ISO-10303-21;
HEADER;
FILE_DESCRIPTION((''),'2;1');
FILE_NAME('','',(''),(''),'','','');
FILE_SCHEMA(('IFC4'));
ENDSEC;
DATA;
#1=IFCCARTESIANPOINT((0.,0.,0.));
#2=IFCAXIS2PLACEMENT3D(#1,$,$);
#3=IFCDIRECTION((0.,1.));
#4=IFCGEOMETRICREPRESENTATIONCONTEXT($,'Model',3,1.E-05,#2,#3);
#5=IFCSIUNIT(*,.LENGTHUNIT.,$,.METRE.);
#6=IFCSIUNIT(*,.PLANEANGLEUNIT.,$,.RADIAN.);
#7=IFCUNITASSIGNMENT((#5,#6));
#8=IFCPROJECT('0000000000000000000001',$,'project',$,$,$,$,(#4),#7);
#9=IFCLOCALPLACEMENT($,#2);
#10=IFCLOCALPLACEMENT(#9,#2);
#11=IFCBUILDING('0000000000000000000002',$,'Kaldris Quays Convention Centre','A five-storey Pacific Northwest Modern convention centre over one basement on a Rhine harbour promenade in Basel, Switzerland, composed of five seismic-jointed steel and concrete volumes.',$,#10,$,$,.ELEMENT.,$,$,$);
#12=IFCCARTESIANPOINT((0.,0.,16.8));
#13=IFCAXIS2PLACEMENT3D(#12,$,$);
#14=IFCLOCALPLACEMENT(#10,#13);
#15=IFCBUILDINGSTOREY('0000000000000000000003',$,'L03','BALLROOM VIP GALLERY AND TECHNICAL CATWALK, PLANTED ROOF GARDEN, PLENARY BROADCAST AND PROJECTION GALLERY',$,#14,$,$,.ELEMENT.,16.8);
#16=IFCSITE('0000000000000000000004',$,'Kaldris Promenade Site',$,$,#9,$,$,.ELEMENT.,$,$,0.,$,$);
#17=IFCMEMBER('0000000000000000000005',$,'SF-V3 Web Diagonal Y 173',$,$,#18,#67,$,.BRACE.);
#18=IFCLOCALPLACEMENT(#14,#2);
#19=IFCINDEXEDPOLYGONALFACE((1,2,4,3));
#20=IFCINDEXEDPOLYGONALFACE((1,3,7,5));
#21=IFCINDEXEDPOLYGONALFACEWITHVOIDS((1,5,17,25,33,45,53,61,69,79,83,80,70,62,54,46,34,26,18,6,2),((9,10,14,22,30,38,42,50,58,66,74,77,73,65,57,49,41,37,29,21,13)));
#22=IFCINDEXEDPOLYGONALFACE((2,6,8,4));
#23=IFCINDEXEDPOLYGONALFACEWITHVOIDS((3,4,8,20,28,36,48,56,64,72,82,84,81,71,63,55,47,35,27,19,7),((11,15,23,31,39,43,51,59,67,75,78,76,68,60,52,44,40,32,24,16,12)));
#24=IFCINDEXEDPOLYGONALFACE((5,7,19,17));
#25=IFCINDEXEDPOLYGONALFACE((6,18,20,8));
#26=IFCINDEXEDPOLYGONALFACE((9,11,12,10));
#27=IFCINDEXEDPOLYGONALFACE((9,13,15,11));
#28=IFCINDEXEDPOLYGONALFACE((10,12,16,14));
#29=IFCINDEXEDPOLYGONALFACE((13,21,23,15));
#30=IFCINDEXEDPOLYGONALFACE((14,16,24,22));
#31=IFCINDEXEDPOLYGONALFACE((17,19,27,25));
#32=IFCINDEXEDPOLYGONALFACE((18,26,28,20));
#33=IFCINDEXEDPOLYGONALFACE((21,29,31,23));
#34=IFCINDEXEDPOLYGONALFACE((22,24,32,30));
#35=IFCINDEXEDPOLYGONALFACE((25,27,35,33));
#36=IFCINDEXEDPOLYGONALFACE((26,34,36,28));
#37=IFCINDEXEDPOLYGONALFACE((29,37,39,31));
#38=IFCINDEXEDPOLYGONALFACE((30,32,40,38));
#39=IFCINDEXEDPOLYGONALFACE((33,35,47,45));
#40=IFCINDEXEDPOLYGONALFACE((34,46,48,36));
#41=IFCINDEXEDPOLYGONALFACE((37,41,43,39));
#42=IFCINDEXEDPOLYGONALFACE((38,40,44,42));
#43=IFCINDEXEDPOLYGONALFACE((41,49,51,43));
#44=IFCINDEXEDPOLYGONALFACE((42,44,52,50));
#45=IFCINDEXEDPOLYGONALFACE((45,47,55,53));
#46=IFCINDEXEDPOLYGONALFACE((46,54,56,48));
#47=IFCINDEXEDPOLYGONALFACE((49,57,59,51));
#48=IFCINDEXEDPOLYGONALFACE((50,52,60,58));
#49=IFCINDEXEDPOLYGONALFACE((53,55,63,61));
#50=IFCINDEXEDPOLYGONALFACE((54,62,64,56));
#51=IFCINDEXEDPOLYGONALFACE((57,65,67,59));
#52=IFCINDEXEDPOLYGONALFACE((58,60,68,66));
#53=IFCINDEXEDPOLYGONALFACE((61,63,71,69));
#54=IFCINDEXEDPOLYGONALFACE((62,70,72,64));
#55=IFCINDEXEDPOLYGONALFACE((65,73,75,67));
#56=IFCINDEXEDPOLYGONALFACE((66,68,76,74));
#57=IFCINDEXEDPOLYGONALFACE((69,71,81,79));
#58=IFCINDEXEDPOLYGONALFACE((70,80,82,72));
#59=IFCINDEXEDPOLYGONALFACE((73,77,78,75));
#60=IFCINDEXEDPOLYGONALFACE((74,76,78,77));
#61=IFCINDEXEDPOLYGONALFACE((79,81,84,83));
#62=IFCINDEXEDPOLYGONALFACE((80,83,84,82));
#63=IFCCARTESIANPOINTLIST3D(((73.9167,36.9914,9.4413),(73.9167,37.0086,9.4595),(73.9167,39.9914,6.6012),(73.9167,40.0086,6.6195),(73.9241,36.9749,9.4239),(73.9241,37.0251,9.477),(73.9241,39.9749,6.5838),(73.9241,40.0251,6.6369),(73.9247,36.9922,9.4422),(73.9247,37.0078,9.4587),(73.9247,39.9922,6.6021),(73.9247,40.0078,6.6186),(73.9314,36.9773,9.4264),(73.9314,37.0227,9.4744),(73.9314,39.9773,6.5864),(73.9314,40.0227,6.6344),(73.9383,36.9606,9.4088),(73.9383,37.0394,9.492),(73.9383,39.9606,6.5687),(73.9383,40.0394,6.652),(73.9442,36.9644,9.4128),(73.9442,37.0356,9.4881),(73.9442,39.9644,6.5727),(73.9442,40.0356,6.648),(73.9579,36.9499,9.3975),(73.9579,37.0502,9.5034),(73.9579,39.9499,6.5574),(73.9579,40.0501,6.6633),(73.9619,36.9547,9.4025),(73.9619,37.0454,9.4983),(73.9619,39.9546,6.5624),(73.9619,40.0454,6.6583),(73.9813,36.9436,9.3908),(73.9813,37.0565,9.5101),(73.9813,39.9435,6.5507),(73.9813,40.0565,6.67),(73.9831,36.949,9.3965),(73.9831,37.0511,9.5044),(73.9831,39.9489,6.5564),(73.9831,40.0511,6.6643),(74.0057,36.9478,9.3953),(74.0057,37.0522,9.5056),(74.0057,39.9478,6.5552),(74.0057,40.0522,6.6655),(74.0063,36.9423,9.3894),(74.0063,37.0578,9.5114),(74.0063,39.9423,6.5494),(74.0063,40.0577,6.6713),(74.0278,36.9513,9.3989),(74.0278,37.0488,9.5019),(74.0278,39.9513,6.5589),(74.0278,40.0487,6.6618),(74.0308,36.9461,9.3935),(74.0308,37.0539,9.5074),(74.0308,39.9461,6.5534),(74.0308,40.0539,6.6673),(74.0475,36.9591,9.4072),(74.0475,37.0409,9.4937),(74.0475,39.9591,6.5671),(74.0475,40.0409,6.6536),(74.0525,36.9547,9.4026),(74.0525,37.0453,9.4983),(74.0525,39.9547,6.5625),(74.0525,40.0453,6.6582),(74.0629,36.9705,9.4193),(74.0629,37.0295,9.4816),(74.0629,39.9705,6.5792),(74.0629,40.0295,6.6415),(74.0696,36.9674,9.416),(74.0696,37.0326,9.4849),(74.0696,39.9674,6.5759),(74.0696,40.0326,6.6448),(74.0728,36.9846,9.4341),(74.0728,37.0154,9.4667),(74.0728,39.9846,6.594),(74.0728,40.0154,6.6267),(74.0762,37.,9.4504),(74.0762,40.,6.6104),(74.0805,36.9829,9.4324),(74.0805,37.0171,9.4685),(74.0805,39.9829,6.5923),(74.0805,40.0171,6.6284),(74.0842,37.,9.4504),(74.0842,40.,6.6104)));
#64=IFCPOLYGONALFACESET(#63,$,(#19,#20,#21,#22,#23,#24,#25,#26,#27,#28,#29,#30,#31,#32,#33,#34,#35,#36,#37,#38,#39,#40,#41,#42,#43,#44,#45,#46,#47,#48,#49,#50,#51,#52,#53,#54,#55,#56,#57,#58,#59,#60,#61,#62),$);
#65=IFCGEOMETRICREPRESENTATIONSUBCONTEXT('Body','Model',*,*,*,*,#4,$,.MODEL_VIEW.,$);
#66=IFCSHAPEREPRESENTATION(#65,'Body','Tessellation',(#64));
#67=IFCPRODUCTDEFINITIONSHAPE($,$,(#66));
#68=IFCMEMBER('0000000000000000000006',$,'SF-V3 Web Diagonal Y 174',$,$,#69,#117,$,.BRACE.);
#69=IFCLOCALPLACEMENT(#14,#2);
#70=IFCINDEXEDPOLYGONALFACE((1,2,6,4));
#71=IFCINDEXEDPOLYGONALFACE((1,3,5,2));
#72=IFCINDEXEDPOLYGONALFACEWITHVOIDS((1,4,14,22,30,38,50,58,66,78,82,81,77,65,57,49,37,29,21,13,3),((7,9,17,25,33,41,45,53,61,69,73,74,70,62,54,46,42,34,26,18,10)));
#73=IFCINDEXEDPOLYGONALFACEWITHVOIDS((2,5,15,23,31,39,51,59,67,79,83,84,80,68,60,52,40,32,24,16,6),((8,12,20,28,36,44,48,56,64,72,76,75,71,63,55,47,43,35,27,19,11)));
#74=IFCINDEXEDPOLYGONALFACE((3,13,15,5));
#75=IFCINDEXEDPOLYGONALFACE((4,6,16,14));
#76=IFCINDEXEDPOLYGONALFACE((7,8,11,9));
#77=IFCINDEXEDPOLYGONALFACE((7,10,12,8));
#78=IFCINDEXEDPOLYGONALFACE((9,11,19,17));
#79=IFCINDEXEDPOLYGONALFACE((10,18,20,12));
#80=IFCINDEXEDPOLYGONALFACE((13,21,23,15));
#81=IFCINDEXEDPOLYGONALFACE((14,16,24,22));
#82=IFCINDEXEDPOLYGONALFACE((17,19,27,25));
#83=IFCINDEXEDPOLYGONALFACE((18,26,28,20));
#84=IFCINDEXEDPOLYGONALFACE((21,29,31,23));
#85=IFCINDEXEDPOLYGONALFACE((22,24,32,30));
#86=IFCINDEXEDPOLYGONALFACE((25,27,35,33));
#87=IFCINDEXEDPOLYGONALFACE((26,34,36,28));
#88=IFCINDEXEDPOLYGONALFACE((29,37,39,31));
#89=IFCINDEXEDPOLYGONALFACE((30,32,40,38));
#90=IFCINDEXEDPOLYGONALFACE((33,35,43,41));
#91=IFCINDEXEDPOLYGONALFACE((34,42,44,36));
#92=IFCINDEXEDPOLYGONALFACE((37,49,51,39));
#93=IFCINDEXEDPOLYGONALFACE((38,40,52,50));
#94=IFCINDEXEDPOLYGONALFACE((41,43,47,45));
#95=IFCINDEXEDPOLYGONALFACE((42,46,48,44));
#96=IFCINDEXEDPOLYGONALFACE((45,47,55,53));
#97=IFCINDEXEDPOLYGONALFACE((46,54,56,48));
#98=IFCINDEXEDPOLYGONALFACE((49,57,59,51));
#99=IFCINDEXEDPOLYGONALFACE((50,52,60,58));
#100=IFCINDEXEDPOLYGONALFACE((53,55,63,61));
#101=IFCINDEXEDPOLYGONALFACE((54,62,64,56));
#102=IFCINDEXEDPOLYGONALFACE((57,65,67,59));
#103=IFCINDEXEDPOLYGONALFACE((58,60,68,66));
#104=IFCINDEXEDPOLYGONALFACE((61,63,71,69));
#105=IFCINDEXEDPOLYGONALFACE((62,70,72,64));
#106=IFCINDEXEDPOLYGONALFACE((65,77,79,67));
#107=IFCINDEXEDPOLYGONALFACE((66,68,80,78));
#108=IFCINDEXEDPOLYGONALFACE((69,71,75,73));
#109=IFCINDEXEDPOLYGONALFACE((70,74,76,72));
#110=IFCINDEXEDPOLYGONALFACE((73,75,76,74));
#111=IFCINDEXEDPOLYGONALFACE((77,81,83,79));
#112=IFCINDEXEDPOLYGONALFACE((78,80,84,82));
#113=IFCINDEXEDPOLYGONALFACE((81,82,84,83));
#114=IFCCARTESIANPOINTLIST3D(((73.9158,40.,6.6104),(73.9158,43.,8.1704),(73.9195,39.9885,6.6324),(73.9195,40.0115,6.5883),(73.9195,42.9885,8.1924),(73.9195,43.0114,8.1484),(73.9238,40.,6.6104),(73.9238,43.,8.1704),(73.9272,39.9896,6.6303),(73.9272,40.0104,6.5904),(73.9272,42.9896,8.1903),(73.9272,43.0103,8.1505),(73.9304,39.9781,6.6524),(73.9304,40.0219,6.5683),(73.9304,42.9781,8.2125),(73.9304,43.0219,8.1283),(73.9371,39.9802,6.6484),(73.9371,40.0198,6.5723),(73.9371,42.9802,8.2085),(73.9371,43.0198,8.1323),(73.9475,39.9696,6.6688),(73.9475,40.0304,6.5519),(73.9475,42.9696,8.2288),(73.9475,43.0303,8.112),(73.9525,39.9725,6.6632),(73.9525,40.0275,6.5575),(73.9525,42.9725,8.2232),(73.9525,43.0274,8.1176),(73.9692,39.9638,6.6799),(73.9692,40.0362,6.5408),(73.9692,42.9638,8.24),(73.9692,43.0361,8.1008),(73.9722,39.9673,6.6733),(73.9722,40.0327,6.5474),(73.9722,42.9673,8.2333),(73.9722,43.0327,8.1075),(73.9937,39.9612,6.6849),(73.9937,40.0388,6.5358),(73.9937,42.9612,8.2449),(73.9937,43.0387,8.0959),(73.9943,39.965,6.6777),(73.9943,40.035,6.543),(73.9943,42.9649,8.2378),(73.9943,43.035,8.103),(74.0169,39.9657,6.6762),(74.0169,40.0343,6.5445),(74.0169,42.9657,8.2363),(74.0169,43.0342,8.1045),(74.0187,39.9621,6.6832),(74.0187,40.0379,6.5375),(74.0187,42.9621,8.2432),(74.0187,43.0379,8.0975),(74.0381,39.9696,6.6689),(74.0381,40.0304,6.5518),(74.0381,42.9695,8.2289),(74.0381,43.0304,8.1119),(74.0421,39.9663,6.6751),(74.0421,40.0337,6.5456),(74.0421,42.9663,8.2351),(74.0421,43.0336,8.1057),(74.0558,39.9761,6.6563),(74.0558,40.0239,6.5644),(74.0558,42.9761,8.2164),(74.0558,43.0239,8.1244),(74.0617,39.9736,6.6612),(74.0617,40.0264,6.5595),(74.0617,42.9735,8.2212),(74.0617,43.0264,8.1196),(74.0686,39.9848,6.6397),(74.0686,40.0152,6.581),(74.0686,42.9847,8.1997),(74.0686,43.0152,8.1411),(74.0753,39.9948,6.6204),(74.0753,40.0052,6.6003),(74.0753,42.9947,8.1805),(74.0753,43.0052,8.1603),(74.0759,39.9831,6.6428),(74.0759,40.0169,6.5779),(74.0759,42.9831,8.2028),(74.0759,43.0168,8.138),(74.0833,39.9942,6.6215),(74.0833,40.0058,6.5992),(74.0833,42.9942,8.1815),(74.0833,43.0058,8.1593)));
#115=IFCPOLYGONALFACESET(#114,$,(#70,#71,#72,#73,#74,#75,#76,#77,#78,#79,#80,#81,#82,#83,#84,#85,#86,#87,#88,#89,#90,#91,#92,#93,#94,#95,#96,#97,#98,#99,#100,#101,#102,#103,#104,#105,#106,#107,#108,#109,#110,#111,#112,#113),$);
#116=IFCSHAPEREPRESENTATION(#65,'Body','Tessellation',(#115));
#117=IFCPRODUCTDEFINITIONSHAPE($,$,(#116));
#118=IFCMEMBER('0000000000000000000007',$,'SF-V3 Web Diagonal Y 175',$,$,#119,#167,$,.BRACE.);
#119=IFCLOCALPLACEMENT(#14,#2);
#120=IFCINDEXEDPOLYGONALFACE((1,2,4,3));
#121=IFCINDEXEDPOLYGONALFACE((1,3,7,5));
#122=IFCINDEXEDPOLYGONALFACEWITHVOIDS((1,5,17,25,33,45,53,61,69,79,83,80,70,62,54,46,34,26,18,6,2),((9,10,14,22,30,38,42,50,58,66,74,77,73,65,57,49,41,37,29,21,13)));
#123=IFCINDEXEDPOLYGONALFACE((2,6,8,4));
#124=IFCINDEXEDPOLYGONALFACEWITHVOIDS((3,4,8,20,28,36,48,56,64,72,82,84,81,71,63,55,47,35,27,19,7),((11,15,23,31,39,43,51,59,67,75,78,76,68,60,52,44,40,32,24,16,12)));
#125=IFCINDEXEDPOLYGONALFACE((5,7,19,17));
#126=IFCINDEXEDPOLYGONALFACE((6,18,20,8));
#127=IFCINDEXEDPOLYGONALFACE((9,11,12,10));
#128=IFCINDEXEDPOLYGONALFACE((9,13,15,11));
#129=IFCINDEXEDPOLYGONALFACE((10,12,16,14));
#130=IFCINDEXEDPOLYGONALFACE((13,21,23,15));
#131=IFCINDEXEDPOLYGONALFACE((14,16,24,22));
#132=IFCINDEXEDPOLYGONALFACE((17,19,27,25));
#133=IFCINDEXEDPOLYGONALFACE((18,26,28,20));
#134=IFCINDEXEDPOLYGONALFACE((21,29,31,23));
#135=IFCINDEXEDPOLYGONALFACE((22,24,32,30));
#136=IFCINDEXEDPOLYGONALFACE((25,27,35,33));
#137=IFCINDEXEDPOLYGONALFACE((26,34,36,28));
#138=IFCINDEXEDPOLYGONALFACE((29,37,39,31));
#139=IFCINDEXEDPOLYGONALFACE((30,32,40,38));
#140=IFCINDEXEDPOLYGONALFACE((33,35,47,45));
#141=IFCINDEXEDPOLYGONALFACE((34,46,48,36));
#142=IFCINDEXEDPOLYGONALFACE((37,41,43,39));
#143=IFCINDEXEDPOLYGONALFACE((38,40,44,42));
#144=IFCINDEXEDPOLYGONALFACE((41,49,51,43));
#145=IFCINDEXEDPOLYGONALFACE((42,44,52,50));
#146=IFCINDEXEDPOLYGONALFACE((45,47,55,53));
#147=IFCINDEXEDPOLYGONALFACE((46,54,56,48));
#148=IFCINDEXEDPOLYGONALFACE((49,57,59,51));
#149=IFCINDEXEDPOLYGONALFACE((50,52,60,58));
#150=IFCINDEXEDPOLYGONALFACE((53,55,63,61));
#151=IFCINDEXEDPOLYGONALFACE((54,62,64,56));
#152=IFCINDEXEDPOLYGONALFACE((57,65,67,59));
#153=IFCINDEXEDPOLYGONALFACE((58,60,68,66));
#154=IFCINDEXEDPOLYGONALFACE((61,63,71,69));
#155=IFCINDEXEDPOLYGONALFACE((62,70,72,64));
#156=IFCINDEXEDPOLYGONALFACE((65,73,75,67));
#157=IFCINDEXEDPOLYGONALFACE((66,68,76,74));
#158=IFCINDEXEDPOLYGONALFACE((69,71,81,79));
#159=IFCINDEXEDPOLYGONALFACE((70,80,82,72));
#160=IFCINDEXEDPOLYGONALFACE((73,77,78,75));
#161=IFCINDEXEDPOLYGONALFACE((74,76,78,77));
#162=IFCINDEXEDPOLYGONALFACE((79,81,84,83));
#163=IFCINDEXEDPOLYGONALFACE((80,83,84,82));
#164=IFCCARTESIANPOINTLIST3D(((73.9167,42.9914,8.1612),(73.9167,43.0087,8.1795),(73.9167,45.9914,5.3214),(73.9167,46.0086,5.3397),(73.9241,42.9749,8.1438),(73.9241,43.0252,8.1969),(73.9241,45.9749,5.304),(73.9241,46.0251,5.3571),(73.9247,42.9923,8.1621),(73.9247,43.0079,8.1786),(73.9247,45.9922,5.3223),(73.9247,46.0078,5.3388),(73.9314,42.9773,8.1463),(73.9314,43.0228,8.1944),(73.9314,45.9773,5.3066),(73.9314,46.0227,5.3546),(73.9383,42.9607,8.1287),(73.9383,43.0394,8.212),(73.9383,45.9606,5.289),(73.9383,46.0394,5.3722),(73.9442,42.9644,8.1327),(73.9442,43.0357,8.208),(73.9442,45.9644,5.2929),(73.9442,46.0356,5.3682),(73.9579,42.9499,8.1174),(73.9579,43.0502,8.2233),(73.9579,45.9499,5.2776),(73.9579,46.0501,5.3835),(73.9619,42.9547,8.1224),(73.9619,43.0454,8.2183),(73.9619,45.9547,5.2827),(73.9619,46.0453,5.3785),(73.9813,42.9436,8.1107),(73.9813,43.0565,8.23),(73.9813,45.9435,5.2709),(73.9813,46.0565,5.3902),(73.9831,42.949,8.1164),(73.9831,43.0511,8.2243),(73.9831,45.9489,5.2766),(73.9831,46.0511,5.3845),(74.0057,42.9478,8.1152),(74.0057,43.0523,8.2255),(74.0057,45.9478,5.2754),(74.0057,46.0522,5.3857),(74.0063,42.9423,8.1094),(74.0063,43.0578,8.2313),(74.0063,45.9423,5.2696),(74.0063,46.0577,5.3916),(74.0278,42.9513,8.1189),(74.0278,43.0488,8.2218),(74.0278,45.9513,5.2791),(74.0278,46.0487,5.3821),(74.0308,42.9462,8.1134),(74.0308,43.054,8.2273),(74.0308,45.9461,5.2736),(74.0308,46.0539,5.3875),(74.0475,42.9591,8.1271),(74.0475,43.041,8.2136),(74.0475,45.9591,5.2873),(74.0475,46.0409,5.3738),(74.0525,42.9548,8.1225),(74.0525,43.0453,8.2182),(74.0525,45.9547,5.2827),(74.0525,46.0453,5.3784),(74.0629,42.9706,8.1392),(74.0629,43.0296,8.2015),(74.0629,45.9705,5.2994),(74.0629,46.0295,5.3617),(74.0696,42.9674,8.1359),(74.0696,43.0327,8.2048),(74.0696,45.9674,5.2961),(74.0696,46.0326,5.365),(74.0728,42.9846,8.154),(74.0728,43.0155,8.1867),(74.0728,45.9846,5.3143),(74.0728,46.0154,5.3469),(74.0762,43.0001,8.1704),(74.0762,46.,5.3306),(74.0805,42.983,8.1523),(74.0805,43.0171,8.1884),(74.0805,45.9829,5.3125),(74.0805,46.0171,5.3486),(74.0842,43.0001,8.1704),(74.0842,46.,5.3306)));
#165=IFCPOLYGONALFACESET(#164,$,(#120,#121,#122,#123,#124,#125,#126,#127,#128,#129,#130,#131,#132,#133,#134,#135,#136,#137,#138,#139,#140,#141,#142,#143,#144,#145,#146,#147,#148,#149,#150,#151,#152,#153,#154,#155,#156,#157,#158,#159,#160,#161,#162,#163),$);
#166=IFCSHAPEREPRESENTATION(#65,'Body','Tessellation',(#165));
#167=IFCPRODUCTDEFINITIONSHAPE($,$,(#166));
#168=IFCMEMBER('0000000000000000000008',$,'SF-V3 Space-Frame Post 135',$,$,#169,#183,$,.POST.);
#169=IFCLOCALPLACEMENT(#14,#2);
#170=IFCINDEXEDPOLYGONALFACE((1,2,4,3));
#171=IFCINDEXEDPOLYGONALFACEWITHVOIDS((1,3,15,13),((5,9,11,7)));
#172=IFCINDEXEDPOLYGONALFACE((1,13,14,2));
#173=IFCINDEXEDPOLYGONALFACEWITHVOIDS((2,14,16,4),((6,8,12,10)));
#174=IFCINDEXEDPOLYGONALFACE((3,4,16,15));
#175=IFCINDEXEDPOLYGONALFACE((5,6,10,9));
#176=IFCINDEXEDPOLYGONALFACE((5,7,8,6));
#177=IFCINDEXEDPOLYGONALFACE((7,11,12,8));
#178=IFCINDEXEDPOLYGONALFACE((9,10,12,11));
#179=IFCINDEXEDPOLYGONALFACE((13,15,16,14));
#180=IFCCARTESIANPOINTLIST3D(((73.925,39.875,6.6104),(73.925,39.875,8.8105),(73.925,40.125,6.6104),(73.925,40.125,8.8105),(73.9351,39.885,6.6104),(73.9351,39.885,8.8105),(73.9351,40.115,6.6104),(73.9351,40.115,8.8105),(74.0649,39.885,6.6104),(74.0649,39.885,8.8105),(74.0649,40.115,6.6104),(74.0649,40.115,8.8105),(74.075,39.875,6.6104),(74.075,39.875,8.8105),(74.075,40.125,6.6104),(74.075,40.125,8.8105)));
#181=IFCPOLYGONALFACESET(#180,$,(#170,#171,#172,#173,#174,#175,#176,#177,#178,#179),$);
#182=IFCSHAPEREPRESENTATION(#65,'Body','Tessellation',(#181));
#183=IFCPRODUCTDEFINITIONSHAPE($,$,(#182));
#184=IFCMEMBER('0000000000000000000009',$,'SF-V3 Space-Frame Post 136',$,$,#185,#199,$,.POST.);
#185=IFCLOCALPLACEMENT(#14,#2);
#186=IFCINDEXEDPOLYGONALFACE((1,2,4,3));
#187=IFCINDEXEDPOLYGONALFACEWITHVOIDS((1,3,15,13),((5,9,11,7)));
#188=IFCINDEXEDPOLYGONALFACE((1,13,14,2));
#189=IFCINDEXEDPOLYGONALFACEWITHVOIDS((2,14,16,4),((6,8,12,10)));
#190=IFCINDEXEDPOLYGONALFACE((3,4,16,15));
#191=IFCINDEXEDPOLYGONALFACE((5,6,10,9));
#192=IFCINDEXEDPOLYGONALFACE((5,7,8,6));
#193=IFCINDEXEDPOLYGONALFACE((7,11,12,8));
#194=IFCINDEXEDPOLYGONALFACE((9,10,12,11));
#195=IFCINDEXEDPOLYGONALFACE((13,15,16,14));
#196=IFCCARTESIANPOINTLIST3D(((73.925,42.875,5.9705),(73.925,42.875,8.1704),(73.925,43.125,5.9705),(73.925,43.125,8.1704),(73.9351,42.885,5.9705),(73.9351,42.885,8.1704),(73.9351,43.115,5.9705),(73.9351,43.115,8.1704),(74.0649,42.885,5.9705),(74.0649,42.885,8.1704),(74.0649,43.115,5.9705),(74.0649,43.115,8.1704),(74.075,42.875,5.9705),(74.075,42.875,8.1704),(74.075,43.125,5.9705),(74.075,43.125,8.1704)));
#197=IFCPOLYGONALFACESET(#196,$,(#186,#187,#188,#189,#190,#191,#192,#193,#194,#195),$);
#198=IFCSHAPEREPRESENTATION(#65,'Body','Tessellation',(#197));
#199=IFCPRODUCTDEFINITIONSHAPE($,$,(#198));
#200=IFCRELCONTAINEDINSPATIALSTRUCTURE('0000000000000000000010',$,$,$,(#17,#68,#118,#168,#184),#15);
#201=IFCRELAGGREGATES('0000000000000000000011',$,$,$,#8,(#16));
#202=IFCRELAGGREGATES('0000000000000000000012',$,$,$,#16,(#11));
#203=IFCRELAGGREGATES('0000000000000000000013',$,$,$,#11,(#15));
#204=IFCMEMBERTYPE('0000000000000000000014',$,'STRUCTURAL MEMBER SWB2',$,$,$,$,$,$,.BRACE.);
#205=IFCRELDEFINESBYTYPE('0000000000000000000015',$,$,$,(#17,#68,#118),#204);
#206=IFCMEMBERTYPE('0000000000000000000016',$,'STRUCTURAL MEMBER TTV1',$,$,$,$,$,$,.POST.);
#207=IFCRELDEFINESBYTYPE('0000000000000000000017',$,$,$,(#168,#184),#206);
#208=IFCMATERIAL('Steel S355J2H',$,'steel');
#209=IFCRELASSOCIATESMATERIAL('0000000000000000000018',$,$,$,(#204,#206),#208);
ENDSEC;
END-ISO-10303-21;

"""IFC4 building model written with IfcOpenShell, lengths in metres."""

from ifc_helpers import new_model, si_unit, direction, frame, origin, origin_2d, place, context, subcontext, project, spatial, hollow_rectangle, hollow_circle, extrude, material, material_profile, profile_set, type_object, element, save


model = new_model("IFC4")

# Units and contexts
model_context = context("Model", 3, precision=1e-05, world=origin(), true_north=direction((0.0, 1.0)))
body_context = subcontext(model_context, "Body", "Model", "MODEL_VIEW")
ifc_project = project(units=[si_unit("LENGTHUNIT", "METRE"), si_unit("PLANEANGLEUNIT", "RADIAN")], contexts=[model_context])

# Site, building, storey
site_placement = place(None, origin())
site = spatial("IfcSite", under=ifc_project, at=site_placement, Name="Kaldris Promenade Site", CompositionType="ELEMENT", RefElevation=0.0)
building_placement = place(site_placement, origin())
building = spatial("IfcBuilding", under=site, at=building_placement, Name="Kaldris Quays Convention Centre", Description="A five-storey Pacific Northwest Modern convention centre over one basement on a Rhine harbour promenade in Basel, Switzerland, composed of five seismic-jointed steel and concrete volumes.", CompositionType="ELEMENT")
storey_placement = place(building_placement, frame((0.0, 0.0, 16.8)))
storey = spatial("IfcBuildingStorey", under=building, at=storey_placement, Name="L03", Description="BALLROOM VIP GALLERY AND TECHNICAL CATWALK, PLANTED ROOF GARDEN, PLENARY BROADCAST AND PROJECTION GALLERY", CompositionType="ELEMENT", Elevation=16.8)

# Members
ifc_material_1 = material(Name="Steel S355J2H", Category="steel")
ifc_material_profile_1 = material_profile(ifc_material_1, hollow_circle(Radius=0.0842, WallThickness=0.0081, at=origin_2d()), Name="CHS 168.3x8")
ifc_profile_set_1 = profile_set([ifc_material_profile_1], Name="Steel S355J2H")
member_type_1 = type_object("IfcMemberType", Name="STRUCTURAL MEMBER SWB2", PredefinedType="BRACE", material=ifc_profile_set_1)
member_1_placement = place(storey_placement, frame((74.0, 40.0, 6.6104), z_axis=(0.0, -0.726196, 0.687487), x_axis=(1.0, 0.0, 0.0)))
element("IfcMember", 1, at=member_1_placement, inside=storey, type_object=member_type_1, Name="SF-V3 Web Diagonal Y 173", PredefinedType="BRACE", context=body_context, shape_type="SweptSolid", body=[
    extrude(hollow_circle(Radius=0.0842, WallThickness=0.0081, at=origin_2d()), origin(), (0.0, 0.0, 1.0), 4.1311),
])
member_2_placement = place(storey_placement, frame((74.0, 40.0, 6.6104), z_axis=(0.0, 0.88721, 0.461366), x_axis=(-1.0, 0.0, 0.0)))
element("IfcMember", 2, at=member_2_placement, inside=storey, type_object=member_type_1, Name="SF-V3 Web Diagonal Y 174", PredefinedType="BRACE", context=body_context, shape_type="SweptSolid", body=[
    extrude(hollow_circle(Radius=0.0842, WallThickness=0.0081, at=origin_2d()), origin(), (0.0, 0.0, 1.0), 3.3813),
])
member_3_placement = place(storey_placement, frame((74.0, 46.0, 5.3306), z_axis=(0.0, -0.726226, 0.687456), x_axis=(1.0, 0.0, 0.0)))
element("IfcMember", 3, at=member_3_placement, inside=storey, type_object=member_type_1, Name="SF-V3 Web Diagonal Y 175", PredefinedType="BRACE", context=body_context, shape_type="SweptSolid", body=[
    extrude(hollow_circle(Radius=0.0842, WallThickness=0.0081, at=origin_2d()), origin(), (0.0, 0.0, 1.0), 4.1309),
])
ifc_material_profile_2 = material_profile(ifc_material_1, hollow_rectangle(XDim=0.1499, YDim=0.25, WallThickness=0.01, at=origin_2d()), Name="RHS 250x150x10")
ifc_profile_set_2 = profile_set([ifc_material_profile_2], Name="Steel S355J2H")
member_type_2 = type_object("IfcMemberType", Name="STRUCTURAL MEMBER TTV1", PredefinedType="POST", material=ifc_profile_set_2)
member_4_placement = place(storey_placement, frame((74.0, 40.0, 6.6104), z_axis=(0.0, 0.0, 1.0), x_axis=(1.0, 0.0, 0.0)))
element("IfcMember", 4, at=member_4_placement, inside=storey, type_object=member_type_2, Name="SF-V3 Space-Frame Post 135", PredefinedType="POST", context=body_context, shape_type="SweptSolid", body=[
    extrude(hollow_rectangle(XDim=0.1499, YDim=0.25, WallThickness=0.01, at=origin_2d()), origin(), (0.0, 0.0, 1.0), 2.2002),
])
member_5_placement = place(storey_placement, frame((74.0, 43.0, 5.9705), z_axis=(0.0, 0.0, 1.0), x_axis=(1.0, 0.0, 0.0)))
element("IfcMember", 5, at=member_5_placement, inside=storey, type_object=member_type_2, Name="SF-V3 Space-Frame Post 136", PredefinedType="POST", context=body_context, shape_type="SweptSolid", body=[
    extrude(hollow_rectangle(XDim=0.1499, YDim=0.25, WallThickness=0.01, at=origin_2d()), origin(), (0.0, 0.0, 1.0), 2.2),
])

save(model, "model.ifc")
